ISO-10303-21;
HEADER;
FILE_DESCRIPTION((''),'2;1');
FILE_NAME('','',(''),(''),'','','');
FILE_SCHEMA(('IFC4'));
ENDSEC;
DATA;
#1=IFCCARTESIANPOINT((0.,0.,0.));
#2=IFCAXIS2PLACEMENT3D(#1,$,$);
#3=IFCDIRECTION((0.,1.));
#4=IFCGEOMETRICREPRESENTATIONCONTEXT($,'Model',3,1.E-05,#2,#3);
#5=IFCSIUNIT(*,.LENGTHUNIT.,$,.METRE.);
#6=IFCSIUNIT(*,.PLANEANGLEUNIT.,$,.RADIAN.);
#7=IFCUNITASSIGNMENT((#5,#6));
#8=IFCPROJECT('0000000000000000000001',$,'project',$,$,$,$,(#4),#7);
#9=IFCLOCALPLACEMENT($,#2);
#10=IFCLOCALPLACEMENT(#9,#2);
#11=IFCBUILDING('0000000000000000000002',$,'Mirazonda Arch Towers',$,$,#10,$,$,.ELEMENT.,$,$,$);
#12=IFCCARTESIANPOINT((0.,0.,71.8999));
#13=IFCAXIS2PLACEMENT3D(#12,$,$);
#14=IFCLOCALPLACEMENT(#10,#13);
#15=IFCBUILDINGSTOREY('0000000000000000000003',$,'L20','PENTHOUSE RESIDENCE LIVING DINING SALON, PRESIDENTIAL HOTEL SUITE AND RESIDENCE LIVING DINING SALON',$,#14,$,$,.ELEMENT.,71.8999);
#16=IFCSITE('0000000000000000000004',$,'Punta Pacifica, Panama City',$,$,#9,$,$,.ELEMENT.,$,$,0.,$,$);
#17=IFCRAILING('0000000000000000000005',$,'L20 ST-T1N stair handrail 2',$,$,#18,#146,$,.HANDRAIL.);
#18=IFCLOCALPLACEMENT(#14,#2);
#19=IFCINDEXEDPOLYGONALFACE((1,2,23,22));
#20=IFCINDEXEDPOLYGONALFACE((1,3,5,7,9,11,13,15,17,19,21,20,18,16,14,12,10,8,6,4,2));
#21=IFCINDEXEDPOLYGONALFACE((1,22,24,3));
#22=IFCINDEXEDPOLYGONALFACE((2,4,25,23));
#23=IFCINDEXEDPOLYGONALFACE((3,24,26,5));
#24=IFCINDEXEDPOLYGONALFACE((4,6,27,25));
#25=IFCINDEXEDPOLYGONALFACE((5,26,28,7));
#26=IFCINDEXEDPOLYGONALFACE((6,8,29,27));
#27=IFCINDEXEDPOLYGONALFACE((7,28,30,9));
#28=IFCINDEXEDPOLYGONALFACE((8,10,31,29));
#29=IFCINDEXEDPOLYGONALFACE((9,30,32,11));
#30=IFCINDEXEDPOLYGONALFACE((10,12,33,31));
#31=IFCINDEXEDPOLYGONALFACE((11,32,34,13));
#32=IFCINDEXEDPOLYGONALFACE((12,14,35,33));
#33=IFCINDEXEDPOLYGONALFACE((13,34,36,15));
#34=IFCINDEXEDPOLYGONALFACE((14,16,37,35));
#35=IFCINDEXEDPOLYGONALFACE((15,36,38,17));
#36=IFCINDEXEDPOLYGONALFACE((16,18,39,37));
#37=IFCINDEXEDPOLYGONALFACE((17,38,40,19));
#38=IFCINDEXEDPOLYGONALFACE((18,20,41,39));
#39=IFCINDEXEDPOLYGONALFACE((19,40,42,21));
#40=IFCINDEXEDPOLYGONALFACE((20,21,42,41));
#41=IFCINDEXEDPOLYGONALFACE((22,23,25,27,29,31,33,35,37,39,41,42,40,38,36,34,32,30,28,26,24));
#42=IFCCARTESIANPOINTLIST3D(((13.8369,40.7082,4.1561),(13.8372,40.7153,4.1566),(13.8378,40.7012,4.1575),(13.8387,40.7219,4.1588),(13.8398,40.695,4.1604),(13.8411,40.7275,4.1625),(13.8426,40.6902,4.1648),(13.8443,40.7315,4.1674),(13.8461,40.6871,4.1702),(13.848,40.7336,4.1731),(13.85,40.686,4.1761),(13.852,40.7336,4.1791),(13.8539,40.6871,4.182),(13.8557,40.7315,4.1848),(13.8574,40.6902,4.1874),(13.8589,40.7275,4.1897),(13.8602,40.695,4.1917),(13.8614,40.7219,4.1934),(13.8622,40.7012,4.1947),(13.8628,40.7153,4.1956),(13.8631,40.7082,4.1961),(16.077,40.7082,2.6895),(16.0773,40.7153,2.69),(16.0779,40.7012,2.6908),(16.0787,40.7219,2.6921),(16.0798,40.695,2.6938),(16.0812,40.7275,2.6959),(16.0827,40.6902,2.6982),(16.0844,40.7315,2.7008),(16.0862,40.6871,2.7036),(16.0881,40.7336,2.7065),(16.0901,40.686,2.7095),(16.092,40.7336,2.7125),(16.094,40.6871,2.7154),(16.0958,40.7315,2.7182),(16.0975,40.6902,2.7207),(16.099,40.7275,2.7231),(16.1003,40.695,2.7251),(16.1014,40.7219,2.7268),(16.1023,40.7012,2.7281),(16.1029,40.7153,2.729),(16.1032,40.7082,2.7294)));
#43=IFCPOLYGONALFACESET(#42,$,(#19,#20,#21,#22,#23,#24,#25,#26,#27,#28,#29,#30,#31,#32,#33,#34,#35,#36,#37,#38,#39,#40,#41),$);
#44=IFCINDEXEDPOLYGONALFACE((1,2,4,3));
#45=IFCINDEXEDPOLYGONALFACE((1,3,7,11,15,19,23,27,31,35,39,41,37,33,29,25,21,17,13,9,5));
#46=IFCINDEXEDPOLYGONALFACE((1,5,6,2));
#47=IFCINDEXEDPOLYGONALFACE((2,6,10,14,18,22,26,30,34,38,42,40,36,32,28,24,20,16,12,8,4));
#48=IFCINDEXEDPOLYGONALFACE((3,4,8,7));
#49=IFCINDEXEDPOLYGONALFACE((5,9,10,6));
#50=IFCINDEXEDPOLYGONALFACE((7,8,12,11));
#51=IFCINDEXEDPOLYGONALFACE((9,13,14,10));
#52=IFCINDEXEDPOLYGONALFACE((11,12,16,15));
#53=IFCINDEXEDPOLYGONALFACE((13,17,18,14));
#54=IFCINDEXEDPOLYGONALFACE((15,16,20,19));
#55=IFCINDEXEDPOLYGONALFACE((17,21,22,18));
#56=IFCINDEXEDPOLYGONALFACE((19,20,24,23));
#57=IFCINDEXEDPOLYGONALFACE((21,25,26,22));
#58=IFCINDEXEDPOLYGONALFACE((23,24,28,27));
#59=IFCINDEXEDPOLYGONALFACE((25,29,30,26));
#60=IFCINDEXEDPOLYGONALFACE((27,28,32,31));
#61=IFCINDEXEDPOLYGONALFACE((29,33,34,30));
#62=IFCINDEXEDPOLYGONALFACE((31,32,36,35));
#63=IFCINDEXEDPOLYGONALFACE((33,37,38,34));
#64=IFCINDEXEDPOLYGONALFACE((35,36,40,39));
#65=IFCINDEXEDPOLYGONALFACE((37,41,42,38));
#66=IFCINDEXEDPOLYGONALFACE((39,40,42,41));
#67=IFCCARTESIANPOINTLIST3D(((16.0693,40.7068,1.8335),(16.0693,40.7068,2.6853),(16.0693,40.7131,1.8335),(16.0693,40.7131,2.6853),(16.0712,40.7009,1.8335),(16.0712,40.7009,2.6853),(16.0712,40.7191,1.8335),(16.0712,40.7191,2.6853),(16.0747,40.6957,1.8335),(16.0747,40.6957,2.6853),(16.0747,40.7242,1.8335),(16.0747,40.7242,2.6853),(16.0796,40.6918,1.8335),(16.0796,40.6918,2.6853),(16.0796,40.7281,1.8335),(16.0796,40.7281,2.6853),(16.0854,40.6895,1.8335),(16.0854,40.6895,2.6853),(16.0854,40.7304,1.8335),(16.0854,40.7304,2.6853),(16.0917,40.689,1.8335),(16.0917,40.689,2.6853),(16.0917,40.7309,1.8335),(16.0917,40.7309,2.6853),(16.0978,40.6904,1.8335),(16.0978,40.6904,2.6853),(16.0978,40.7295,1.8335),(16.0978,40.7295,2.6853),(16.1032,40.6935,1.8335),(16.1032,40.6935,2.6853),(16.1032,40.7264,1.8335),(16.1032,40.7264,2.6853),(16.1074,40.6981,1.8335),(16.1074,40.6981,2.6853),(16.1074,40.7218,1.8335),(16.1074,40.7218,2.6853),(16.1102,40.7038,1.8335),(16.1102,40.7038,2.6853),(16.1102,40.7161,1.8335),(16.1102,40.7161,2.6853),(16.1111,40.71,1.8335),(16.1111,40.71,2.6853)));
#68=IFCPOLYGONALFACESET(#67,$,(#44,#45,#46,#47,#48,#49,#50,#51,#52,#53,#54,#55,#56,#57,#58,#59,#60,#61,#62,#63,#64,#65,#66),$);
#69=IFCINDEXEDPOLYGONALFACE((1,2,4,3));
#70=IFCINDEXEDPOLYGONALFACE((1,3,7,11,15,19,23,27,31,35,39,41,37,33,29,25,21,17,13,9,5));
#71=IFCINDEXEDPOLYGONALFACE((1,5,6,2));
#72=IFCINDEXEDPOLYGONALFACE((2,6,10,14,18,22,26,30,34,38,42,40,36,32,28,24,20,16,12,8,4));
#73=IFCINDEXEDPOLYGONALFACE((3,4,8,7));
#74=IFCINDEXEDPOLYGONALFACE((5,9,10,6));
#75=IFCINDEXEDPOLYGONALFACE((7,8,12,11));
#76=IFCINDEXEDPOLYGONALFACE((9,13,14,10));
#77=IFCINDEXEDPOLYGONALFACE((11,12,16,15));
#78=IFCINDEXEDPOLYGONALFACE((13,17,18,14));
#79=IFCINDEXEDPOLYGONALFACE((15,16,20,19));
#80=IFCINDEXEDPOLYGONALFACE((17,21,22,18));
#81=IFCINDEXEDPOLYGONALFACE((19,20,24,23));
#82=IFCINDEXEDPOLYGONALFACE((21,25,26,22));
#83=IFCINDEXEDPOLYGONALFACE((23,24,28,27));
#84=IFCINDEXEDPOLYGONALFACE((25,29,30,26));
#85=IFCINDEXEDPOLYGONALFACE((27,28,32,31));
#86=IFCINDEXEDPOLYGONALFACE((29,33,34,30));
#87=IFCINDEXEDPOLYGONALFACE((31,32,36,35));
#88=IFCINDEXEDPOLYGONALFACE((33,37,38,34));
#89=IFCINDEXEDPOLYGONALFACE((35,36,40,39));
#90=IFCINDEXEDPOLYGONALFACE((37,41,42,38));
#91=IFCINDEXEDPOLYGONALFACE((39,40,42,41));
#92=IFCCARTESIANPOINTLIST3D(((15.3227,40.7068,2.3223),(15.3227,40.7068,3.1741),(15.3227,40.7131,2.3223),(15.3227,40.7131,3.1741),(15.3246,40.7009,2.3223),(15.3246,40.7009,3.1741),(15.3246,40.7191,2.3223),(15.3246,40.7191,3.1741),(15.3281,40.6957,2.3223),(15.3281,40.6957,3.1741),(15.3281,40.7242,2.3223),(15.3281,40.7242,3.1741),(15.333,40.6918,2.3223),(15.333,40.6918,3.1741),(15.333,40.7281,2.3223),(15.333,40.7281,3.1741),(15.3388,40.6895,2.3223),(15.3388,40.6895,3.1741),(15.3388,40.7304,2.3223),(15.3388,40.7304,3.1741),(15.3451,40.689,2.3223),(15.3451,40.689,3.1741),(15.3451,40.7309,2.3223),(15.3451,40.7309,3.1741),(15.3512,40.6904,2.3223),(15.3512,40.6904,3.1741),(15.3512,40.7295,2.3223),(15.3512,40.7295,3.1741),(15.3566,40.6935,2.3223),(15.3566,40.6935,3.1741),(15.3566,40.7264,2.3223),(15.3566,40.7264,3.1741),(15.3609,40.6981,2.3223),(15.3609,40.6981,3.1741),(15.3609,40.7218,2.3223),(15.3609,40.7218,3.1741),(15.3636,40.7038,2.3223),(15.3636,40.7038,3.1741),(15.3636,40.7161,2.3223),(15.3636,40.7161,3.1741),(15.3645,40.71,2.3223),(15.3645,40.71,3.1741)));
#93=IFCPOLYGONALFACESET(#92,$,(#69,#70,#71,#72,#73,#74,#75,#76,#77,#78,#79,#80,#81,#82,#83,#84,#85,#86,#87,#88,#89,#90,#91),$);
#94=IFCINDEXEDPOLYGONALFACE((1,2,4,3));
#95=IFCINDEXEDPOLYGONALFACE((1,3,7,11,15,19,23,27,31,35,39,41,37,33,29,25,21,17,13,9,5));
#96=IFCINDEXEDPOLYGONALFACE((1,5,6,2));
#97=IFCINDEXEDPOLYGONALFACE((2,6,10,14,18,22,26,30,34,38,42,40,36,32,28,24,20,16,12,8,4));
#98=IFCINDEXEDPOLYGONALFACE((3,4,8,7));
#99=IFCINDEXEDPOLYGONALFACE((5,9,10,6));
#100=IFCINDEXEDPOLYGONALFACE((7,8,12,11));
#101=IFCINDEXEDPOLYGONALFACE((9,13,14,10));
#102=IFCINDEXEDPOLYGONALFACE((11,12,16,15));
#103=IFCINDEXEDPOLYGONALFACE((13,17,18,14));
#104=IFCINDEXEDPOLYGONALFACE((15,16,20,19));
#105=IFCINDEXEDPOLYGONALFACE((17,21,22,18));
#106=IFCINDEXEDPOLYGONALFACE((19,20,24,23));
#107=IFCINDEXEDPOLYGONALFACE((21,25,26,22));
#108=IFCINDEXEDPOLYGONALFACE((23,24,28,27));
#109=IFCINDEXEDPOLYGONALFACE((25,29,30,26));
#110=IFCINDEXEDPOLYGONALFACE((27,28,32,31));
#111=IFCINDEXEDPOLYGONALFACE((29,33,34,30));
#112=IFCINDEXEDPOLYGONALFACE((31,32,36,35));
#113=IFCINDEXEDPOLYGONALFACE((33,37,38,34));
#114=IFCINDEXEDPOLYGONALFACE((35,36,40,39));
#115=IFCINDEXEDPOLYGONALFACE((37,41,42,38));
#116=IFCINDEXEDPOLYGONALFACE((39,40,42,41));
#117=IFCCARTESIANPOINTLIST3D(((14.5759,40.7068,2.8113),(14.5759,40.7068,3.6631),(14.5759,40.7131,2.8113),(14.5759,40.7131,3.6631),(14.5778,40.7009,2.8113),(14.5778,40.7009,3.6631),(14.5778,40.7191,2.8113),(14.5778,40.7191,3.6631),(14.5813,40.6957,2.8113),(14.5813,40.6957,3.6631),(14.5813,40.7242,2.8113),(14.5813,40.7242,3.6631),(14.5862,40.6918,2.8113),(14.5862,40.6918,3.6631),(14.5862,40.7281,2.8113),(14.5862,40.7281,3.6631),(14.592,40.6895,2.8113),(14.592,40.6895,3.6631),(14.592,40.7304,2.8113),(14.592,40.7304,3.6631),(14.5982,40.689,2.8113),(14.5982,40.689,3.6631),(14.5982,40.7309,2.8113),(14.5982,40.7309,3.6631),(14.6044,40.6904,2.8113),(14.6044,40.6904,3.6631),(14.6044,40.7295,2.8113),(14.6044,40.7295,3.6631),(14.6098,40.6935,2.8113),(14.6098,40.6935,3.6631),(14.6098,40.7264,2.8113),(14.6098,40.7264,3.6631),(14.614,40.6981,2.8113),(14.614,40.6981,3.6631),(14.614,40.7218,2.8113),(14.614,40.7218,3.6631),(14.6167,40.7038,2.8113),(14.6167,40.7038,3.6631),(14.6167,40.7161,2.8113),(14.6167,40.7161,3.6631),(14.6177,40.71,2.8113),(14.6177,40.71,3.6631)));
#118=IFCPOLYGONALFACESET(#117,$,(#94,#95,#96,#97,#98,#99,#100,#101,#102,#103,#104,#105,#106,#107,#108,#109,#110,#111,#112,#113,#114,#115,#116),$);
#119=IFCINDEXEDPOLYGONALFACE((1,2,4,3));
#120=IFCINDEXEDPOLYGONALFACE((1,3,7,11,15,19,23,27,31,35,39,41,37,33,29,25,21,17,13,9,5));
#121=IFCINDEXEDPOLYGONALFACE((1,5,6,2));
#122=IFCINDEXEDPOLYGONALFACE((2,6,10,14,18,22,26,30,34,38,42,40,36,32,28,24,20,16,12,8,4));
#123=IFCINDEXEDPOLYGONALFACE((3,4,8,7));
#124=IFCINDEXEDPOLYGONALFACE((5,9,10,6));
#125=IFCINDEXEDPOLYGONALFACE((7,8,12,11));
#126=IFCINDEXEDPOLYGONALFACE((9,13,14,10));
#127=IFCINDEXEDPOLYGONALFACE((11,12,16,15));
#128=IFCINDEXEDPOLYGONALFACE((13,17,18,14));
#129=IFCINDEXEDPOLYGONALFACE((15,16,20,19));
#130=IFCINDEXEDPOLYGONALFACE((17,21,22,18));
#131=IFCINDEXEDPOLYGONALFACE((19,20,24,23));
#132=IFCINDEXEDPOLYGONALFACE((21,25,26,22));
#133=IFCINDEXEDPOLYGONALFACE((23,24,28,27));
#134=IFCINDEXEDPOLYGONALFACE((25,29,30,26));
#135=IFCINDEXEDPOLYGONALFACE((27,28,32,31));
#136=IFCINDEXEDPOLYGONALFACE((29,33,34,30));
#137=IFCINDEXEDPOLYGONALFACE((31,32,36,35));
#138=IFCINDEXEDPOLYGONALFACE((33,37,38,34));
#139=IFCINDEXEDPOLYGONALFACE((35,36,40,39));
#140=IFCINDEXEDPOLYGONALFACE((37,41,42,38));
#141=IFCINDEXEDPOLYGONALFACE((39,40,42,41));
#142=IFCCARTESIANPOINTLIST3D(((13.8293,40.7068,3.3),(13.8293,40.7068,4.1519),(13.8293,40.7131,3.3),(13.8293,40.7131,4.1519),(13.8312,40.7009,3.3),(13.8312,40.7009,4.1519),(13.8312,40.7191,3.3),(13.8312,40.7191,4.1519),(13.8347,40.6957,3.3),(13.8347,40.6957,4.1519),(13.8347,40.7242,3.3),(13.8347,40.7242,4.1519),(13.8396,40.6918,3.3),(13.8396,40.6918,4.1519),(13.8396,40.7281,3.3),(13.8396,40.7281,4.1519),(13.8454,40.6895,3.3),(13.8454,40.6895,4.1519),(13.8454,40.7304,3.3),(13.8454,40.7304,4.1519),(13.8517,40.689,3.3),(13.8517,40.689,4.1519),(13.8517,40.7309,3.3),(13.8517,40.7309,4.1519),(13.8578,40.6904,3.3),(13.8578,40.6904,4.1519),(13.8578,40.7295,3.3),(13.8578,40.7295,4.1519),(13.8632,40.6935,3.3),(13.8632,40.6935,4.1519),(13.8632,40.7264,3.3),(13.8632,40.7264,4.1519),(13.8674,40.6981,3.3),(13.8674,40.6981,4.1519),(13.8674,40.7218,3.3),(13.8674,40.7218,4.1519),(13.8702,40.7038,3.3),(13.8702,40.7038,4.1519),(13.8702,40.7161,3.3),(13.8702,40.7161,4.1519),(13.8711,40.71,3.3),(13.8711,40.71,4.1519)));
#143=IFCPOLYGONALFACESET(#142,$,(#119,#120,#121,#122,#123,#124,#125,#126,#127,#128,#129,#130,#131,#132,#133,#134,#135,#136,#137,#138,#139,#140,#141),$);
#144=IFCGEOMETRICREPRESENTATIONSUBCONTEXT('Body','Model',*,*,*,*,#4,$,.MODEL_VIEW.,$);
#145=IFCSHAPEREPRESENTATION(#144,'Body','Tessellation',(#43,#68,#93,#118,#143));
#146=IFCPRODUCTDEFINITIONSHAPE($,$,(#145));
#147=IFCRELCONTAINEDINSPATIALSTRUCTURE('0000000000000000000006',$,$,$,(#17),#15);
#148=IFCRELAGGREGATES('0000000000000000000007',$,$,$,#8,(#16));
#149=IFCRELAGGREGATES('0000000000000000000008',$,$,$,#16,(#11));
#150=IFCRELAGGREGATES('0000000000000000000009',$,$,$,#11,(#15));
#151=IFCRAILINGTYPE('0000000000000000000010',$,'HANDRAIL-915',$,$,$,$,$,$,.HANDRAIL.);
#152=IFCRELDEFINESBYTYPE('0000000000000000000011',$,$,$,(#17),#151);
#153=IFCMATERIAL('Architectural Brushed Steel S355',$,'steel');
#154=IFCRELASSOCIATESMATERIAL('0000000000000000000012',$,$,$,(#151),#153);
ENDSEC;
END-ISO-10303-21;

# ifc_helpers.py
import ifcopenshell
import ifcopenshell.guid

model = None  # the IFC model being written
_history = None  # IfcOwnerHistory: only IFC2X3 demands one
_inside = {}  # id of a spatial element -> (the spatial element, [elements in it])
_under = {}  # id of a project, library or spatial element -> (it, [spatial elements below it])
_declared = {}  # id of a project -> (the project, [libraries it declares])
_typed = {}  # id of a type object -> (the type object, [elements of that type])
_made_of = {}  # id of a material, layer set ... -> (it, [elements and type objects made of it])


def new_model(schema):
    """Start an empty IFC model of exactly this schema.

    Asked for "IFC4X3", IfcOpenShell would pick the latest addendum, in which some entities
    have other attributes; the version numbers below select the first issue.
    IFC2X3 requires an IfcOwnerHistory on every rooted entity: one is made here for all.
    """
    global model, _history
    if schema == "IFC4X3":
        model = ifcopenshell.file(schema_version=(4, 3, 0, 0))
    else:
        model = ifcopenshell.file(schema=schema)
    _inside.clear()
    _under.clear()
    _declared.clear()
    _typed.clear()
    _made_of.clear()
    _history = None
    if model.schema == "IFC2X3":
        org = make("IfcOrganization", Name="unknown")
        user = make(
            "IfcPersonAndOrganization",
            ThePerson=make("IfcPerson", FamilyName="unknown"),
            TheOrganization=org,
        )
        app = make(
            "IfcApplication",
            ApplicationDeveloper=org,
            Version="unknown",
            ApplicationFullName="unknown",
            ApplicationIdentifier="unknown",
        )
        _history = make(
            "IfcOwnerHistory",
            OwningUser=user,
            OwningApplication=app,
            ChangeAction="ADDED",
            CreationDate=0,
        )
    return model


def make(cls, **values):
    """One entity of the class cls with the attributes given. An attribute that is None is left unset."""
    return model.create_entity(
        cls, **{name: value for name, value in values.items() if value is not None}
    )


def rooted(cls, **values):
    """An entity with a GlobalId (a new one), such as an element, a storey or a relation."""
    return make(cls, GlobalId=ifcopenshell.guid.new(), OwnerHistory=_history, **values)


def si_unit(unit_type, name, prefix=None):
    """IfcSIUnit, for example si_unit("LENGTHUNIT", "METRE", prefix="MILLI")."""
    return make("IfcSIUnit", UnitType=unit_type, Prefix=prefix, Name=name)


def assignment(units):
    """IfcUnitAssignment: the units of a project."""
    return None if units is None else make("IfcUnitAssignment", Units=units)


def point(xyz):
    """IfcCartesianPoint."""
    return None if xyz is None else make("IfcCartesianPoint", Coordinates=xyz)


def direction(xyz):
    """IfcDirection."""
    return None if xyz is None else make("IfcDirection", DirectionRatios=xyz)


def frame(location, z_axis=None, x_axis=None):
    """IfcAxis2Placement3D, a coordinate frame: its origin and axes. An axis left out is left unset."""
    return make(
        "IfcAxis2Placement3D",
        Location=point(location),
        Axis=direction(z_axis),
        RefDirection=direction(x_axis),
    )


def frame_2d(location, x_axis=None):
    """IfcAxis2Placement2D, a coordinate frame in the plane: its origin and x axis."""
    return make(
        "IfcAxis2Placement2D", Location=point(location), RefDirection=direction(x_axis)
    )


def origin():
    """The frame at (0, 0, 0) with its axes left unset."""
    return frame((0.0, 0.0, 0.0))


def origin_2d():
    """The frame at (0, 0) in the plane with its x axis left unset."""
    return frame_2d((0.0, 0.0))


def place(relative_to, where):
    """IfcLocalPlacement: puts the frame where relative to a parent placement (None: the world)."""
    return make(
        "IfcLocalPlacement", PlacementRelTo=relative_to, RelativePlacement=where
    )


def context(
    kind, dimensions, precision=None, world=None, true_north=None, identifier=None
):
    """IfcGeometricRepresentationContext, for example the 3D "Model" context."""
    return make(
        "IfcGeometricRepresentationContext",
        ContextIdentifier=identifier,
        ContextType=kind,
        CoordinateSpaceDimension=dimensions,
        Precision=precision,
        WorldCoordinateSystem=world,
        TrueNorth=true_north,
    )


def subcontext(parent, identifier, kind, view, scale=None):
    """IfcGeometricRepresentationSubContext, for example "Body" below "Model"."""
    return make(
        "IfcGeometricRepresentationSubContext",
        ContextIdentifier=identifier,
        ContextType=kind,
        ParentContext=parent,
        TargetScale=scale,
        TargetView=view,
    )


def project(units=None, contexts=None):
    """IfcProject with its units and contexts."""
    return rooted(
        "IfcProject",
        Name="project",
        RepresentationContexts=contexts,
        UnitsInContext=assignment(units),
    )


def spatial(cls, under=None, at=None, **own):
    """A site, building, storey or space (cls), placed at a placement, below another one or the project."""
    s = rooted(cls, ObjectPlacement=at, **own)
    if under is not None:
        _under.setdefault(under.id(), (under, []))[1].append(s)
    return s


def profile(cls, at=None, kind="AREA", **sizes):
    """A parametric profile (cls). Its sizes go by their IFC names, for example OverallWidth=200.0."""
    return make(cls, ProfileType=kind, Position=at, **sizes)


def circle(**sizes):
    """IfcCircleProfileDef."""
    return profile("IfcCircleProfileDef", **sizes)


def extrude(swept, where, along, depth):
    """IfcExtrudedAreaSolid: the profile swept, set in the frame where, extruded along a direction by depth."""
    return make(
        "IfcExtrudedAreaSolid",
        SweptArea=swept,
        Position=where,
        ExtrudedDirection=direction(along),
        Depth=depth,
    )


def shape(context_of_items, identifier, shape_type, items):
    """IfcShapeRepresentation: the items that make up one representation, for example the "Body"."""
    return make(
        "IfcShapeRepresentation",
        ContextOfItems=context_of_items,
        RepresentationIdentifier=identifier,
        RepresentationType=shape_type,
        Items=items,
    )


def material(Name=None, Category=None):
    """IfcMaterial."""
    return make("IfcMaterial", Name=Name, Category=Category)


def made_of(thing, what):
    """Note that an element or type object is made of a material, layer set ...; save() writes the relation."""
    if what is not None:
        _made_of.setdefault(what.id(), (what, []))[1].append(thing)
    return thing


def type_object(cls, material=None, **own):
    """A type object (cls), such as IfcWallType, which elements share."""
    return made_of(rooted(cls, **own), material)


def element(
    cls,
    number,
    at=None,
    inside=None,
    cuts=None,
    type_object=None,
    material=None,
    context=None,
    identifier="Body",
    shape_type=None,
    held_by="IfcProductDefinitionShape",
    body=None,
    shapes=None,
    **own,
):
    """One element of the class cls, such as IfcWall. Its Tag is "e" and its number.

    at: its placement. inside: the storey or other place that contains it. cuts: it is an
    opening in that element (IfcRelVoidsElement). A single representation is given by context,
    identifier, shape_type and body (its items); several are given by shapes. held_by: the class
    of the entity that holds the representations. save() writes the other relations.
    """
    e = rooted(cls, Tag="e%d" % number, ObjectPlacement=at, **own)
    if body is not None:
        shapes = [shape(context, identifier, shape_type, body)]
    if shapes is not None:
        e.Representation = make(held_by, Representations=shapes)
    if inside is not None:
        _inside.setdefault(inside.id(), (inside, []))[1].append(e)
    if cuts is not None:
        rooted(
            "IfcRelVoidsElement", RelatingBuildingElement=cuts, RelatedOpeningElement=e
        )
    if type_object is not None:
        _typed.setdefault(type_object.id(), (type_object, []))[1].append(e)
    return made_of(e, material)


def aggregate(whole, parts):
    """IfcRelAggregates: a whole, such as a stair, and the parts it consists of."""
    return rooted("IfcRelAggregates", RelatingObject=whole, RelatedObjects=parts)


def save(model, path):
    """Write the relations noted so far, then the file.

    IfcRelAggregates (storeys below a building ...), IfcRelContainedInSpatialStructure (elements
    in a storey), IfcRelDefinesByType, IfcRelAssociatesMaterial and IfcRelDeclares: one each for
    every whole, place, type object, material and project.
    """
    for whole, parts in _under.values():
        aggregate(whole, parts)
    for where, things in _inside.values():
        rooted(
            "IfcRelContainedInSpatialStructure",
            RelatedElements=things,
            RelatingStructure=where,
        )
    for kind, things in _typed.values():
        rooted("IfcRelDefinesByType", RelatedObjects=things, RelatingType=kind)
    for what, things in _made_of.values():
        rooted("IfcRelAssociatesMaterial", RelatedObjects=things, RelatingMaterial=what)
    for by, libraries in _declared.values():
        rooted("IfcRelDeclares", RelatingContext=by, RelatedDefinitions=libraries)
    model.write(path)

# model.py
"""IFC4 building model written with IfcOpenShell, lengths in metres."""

from ifc_helpers import new_model, si_unit, direction, frame, origin, origin_2d, place, context, subcontext, project, spatial, circle, extrude, material, type_object, element, save


model = new_model("IFC4")

# Units and contexts
model_context = context("Model", 3, precision=1e-05, world=origin(), true_north=direction((0.0, 1.0)))
body_context = subcontext(model_context, "Body", "Model", "MODEL_VIEW")
ifc_project = project(units=[si_unit("LENGTHUNIT", "METRE"), si_unit("PLANEANGLEUNIT", "RADIAN")], contexts=[model_context])

# Site, building, storey
site_placement = place(None, origin())
site = spatial("IfcSite", under=ifc_project, at=site_placement, Name="Punta Pacifica, Panama City", CompositionType="ELEMENT", RefElevation=0.0)
building_placement = place(site_placement, origin())
building = spatial("IfcBuilding", under=site, at=building_placement, Name="Mirazonda Arch Towers", CompositionType="ELEMENT")
storey_placement = place(building_placement, frame((0.0, 0.0, 71.8999)))
storey = spatial("IfcBuildingStorey", under=building, at=storey_placement, Name="L20", Description="PENTHOUSE RESIDENCE LIVING DINING SALON, PRESIDENTIAL HOTEL SUITE AND RESIDENCE LIVING DINING SALON", CompositionType="ELEMENT", Elevation=71.8999)

# Shared definitions
ifc_material_1 = material(Name="Architectural Brushed Steel S355", Category="steel")

# Railing
railing_type_1 = type_object("IfcRailingType", Name="HANDRAIL-915", PredefinedType="HANDRAIL", material=ifc_material_1)
railing_1_placement = place(storey_placement, frame((16.0901, 40.71, 1.8335)))
element("IfcRailing", 1, at=railing_1_placement, inside=storey, type_object=railing_type_1, Name="L20 ST-T1N stair handrail 2", PredefinedType="HANDRAIL", context=body_context, shape_type="SweptSolid", body=[
    extrude(circle(Radius=0.0239, at=origin_2d()), frame((0.0, 0.0, 0.876), z_axis=(-0.836637, 0.0, 0.547758), x_axis=(0.0, -1.0, 0.0)), (0.0, 0.0, 1.0), 2.6775),
    extrude(circle(Radius=0.021, at=origin_2d()), origin(), (0.0, 0.0, 1.0), 0.8518),
    extrude(circle(Radius=0.021, at=origin_2d()), frame((-0.7466, 0.0, 0.4888)), (0.0, 0.0, 1.0), 0.8518),
    extrude(circle(Radius=0.021, at=origin_2d()), frame((-1.4934, 0.0, 0.9778)), (0.0, 0.0, 1.0), 0.8518),
    extrude(circle(Radius=0.021, at=origin_2d()), frame((-2.24, 0.0, 1.4666)), (0.0, 0.0, 1.0), 0.8518),
])

save(model, "model.ifc")
